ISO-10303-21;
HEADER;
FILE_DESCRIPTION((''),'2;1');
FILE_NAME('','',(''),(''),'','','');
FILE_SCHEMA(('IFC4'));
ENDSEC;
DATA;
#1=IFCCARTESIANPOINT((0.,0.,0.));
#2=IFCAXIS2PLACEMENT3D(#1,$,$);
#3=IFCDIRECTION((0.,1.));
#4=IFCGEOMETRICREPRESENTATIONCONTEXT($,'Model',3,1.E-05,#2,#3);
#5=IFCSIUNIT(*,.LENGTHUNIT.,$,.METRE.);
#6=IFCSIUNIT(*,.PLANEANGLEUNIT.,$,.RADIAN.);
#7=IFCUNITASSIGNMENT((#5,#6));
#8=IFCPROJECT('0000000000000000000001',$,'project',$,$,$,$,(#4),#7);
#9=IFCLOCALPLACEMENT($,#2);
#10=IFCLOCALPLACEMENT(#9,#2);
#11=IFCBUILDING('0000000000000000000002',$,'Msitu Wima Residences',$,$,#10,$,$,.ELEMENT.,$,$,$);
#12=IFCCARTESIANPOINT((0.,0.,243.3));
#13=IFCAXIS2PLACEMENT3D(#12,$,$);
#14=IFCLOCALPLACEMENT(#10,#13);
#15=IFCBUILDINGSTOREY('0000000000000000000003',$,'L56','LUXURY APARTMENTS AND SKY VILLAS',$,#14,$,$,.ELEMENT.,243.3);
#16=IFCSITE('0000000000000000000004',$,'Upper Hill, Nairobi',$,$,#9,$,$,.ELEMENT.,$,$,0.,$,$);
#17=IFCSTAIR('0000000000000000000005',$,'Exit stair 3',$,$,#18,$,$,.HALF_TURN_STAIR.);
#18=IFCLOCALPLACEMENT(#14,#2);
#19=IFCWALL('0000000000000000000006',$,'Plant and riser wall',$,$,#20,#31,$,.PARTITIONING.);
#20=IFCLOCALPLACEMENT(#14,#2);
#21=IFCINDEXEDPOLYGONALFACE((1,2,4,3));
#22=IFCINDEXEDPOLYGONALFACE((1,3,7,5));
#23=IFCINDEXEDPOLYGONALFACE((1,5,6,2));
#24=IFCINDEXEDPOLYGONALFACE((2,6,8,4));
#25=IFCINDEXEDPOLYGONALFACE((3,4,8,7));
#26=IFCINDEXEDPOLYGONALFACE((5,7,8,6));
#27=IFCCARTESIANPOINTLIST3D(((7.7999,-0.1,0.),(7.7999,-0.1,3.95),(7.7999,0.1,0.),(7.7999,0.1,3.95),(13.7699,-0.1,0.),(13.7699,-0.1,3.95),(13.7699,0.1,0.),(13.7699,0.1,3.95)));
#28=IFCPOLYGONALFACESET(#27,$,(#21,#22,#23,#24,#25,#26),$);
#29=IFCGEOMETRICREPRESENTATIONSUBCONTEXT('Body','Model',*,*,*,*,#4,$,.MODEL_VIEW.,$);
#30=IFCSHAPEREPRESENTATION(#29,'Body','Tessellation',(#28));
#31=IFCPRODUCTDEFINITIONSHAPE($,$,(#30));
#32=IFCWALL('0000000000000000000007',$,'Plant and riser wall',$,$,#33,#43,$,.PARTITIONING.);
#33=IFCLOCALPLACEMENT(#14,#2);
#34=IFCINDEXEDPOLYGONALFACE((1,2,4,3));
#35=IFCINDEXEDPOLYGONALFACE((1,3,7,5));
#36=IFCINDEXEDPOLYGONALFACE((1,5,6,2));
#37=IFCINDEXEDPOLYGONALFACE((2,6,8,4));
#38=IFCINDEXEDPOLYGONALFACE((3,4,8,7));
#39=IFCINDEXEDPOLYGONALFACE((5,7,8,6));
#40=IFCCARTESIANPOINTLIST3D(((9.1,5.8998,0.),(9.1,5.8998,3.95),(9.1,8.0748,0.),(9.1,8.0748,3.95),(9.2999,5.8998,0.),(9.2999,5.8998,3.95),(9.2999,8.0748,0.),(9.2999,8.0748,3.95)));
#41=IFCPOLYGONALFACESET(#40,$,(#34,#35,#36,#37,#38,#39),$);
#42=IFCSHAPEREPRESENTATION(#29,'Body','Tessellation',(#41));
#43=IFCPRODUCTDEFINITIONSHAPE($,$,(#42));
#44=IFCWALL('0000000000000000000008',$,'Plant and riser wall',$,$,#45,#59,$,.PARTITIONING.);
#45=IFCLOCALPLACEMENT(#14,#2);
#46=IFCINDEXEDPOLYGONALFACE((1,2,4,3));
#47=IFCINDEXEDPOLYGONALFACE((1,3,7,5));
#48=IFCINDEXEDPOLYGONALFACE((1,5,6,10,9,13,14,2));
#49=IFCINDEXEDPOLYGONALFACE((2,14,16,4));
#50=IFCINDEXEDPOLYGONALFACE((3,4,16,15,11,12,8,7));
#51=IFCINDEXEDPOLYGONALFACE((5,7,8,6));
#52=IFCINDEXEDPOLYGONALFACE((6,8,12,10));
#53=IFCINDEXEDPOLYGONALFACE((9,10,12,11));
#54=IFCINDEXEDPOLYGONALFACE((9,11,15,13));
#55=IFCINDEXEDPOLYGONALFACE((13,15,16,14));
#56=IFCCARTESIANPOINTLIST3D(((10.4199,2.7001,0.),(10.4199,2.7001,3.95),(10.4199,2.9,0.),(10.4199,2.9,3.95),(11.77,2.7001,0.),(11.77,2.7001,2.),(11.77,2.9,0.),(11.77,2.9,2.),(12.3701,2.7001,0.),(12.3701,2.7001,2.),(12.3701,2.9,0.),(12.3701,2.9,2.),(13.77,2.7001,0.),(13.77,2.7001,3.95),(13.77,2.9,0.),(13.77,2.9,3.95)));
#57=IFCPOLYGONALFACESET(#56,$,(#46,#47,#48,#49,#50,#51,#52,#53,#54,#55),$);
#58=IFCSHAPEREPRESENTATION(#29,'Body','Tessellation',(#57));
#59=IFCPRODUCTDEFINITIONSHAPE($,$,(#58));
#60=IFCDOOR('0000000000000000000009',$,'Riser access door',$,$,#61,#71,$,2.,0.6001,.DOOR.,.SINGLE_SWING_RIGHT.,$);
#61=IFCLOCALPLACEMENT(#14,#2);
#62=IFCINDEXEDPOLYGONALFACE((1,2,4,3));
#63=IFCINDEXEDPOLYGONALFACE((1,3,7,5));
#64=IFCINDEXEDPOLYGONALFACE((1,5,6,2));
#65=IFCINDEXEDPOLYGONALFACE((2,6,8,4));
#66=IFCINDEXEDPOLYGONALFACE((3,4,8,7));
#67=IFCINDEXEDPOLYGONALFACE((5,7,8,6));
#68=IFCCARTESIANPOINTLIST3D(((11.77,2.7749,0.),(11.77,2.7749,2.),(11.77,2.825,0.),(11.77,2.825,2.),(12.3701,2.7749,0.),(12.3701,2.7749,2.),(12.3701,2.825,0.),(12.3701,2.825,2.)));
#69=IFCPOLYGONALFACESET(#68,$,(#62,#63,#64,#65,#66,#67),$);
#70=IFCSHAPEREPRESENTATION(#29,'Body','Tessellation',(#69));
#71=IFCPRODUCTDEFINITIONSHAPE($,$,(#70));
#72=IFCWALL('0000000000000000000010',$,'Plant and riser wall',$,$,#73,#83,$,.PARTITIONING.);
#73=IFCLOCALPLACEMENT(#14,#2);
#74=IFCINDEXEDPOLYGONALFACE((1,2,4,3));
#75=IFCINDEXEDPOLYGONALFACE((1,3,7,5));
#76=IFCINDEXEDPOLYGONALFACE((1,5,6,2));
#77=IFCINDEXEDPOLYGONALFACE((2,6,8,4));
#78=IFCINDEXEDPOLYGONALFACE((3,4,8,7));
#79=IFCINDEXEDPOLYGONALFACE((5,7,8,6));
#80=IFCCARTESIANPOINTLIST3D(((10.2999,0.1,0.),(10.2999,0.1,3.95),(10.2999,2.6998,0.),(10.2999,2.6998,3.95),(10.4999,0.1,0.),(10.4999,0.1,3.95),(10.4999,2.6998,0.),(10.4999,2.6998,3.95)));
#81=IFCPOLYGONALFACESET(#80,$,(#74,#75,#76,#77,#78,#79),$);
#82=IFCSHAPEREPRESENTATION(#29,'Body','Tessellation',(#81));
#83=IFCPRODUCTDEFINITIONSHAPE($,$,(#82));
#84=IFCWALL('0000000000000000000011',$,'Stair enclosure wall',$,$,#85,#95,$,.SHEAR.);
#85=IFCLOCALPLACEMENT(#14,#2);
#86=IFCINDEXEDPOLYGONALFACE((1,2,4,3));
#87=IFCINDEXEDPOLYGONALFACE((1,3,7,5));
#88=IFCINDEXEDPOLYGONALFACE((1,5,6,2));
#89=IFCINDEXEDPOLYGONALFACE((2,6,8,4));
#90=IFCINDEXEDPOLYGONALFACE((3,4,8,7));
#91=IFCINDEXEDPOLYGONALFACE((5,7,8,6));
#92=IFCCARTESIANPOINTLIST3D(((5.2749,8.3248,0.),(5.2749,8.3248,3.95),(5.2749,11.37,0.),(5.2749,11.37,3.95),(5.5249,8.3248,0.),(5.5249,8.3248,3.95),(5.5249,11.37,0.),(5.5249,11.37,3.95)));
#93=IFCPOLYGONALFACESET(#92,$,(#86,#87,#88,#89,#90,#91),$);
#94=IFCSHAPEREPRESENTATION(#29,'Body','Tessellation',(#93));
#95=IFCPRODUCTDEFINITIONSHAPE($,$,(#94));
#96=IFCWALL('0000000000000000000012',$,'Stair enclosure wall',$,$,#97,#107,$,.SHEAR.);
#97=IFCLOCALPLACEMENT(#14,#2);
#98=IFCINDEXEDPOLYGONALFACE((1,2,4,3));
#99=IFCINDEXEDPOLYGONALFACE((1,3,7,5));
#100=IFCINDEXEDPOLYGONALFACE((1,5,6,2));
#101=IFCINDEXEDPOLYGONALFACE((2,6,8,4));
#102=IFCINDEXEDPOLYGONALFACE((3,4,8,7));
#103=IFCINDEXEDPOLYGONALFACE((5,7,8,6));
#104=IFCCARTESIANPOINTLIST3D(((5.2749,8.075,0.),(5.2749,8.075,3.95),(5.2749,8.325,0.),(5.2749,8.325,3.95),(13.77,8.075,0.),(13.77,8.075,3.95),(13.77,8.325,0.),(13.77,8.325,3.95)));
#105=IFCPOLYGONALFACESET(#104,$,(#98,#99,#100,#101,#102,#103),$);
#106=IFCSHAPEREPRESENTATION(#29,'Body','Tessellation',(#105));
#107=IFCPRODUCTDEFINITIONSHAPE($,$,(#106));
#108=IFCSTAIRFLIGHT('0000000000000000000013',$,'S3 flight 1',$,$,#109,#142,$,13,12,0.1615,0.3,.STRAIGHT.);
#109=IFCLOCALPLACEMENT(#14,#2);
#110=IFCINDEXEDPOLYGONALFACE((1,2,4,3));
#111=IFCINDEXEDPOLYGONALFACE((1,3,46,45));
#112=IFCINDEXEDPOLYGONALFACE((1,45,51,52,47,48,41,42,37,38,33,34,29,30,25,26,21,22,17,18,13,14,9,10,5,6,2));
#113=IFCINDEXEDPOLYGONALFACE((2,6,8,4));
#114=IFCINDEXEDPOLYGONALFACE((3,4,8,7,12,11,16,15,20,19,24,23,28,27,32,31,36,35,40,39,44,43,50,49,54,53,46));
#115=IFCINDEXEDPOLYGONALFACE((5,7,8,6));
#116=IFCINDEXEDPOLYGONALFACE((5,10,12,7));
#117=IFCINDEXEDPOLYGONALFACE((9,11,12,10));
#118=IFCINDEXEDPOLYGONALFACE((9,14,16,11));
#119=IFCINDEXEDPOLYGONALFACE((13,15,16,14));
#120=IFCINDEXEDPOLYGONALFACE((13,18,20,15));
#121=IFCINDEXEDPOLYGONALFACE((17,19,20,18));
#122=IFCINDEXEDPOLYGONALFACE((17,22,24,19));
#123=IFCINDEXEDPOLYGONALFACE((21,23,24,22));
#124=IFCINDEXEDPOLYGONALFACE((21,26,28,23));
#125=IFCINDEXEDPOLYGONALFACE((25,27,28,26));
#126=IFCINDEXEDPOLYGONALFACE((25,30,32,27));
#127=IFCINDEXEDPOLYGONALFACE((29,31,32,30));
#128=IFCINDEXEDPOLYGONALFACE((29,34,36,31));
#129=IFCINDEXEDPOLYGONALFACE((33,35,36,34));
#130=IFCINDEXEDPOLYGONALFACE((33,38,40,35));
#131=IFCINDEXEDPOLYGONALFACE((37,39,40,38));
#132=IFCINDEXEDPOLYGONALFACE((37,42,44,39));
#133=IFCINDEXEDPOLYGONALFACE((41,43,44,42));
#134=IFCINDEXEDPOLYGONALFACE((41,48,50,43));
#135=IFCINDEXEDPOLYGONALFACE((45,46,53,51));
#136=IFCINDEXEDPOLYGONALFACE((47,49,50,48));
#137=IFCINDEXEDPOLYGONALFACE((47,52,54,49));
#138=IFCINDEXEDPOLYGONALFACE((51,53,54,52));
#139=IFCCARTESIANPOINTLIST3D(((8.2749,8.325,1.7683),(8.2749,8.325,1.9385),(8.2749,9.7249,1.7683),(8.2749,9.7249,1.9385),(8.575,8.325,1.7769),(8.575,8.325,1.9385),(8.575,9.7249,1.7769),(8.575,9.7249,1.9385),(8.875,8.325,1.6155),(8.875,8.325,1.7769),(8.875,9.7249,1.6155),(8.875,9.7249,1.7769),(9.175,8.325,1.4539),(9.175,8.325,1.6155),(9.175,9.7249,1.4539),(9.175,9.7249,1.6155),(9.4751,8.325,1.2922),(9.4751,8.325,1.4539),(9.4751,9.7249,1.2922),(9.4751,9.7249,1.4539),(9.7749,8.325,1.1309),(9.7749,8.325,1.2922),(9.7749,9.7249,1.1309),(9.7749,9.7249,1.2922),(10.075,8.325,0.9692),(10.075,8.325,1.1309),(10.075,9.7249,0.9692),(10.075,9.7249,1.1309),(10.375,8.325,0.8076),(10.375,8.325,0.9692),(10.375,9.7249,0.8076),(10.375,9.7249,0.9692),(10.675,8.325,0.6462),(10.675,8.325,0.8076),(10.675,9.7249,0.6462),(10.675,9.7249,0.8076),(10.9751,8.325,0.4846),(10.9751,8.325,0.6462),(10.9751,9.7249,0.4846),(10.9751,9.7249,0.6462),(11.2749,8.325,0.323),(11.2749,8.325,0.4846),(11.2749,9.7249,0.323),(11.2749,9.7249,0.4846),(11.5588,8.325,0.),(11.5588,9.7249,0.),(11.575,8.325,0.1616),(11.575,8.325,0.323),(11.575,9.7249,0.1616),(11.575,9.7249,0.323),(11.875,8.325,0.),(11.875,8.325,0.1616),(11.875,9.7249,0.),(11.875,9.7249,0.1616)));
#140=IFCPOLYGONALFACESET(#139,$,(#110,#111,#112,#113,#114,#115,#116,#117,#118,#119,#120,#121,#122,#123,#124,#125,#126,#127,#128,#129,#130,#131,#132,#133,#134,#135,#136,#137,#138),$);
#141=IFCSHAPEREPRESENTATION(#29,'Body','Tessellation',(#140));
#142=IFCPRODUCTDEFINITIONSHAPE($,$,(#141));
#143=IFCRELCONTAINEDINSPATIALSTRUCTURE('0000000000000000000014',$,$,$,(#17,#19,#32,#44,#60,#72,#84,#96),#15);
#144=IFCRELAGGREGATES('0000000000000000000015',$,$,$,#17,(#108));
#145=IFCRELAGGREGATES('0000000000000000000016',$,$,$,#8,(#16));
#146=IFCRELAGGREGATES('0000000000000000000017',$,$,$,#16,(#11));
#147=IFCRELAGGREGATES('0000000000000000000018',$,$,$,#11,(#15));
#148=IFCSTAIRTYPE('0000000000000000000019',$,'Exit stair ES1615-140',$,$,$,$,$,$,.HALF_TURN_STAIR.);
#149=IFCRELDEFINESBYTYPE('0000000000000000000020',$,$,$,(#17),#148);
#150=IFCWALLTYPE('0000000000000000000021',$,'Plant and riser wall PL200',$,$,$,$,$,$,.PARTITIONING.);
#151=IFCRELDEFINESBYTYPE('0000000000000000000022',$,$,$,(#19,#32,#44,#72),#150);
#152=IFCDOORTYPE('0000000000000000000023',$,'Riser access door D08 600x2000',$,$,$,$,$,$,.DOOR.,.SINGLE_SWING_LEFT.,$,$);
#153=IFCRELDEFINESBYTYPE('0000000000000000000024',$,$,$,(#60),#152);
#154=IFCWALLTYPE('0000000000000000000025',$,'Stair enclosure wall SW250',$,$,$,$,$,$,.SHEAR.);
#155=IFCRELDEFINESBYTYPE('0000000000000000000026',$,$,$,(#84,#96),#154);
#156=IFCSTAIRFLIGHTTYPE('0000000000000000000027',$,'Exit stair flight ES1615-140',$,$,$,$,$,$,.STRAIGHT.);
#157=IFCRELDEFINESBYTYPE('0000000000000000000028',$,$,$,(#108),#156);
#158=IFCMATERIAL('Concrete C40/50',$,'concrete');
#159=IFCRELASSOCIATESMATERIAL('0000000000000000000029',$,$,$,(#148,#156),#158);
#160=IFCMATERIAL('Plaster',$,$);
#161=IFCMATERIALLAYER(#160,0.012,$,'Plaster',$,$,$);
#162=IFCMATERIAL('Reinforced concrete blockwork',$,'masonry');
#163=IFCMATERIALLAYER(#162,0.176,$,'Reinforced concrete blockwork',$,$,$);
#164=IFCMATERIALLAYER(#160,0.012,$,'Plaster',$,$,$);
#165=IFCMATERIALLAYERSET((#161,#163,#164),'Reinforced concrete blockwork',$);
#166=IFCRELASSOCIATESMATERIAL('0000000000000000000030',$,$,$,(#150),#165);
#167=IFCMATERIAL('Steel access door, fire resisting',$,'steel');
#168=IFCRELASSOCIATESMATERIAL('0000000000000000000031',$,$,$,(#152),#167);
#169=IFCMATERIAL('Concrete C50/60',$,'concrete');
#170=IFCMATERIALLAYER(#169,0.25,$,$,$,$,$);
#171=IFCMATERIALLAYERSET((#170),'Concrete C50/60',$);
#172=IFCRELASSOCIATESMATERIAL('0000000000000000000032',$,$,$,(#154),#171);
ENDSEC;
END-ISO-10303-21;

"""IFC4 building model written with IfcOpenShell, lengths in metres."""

from ifc_helpers import new_model, si_unit, direction, frame, frame_2d, origin, place, context, subcontext, project, spatial, polyline, rectangle, outline, extrude, material, layer, layer_set, type_object, element, fill, aggregate, save


model = new_model("IFC4")

# Units and contexts
model_context = context("Model", 3, precision=1e-05, world=origin(), true_north=direction((0.0, 1.0)))
body_context = subcontext(model_context, "Body", "Model", "MODEL_VIEW")
ifc_project = project(units=[si_unit("LENGTHUNIT", "METRE"), si_unit("PLANEANGLEUNIT", "RADIAN")], contexts=[model_context])

# Site, building, storey
site_placement = place(None, origin())
site = spatial("IfcSite", under=ifc_project, at=site_placement, Name="Upper Hill, Nairobi", CompositionType="ELEMENT", RefElevation=0.0)
building_placement = place(site_placement, origin())
building = spatial("IfcBuilding", under=site, at=building_placement, Name="Msitu Wima Residences", CompositionType="ELEMENT")
storey_placement = place(building_placement, frame((0.0, 0.0, 243.3)))
storey = spatial("IfcBuildingStorey", under=building, at=storey_placement, Name="L56", Description="LUXURY APARTMENTS AND SKY VILLAS", CompositionType="ELEMENT", Elevation=243.3)

# Shared definitions
ifc_material_1 = material(Name="Concrete C40/50", Category="concrete")

# Stair
stair_type = type_object("IfcStairType", Name="Exit stair ES1615-140", PredefinedType="HALF_TURN_STAIR", material=ifc_material_1)
stair_1_placement = place(storey_placement, origin())
stair_1 = element("IfcStair", 1, at=stair_1_placement, inside=storey, type_object=stair_type, Name="Exit stair 3", PredefinedType="HALF_TURN_STAIR")

# Shared definitions
ifc_material_2 = material(Name="Plaster")

# Shared definitions
ifc_layer_1 = layer(ifc_material_2, 0.012, Name="Plaster")
ifc_material_3 = material(Name="Reinforced concrete blockwork", Category="masonry")
ifc_layer_2 = layer(ifc_material_3, 0.176, Name="Reinforced concrete blockwork")
ifc_layer_3 = layer(ifc_material_2, 0.012, Name="Plaster")
ifc_layer_set_1 = layer_set([ifc_layer_1, ifc_layer_2, ifc_layer_3], Name="Reinforced concrete blockwork")
wall_type_1 = type_object("IfcWallType", Name="Plant and riser wall PL200", PredefinedType="PARTITIONING", material=ifc_layer_set_1)

# Walls
wall_1_placement = place(storey_placement, frame((7.8, 0.0, 0.0), z_axis=(0.0, 0.0, 1.0), x_axis=(1.0, 0.0, 0.0)))
element("IfcWall", 2, at=wall_1_placement, inside=storey, type_object=wall_type_1, Name="Plant and riser wall", PredefinedType="PARTITIONING", context=body_context, shape_type="SweptSolid", body=[
    extrude(rectangle(XDim=5.97, YDim=0.2, at=frame_2d((2.9849, 0.0))), origin(), (0.0, 0.0, 1.0), 3.95),
])
wall_2_placement = place(storey_placement, frame((9.2, 5.8999, 0.0), z_axis=(0.0, 0.0, 1.0), x_axis=(0.0, 1.0, 0.0)))
element("IfcWall", 3, at=wall_2_placement, inside=storey, type_object=wall_type_1, Name="Plant and riser wall", PredefinedType="PARTITIONING", context=body_context, shape_type="SweptSolid", body=[
    extrude(rectangle(XDim=2.175, YDim=0.2, at=frame_2d((1.0874, 0.0))), origin(), (0.0, 0.0, 1.0), 3.95),
])

# Wall, opening, door
wall_3_placement = place(storey_placement, frame((10.4199, 2.8, 0.0), z_axis=(0.0, 0.0, 1.0), x_axis=(1.0, 0.0, 0.0)))
wall_3 = element("IfcWall", 4, at=wall_3_placement, inside=storey, type_object=wall_type_1, Name="Plant and riser wall", PredefinedType="PARTITIONING", context=body_context, shape_type="SweptSolid", body=[
    extrude(rectangle(XDim=3.3501, YDim=0.2, at=frame_2d((1.675, 0.0))), origin(), (0.0, 0.0, 1.0), 3.95),
])
opening_1_placement = place(wall_3_placement, frame((1.3501, 0.0, 0.0)))
opening_1 = element("IfcOpeningElement", 5, at=opening_1_placement, cuts=wall_3, PredefinedType="OPENING", context=body_context, shape_type="SweptSolid", body=[
    extrude(rectangle(XDim=0.6001, YDim=2.0, at=frame_2d((0.3, 1.0))), frame((0.0, 0.1099, 0.0), z_axis=(0.0, -1.0, 0.0), x_axis=(1.0, 0.0, 0.0)), (0.0, 0.0, 1.0), 0.22),
])
ifc_material_4 = material(Name="Steel access door, fire resisting", Category="steel")
door_type_1 = type_object("IfcDoorType", Name="Riser access door D08 600x2000", OperationType="SINGLE_SWING_LEFT", PredefinedType="DOOR", material=ifc_material_4)
door_1_placement = place(opening_1_placement, origin())
door_1 = element("IfcDoor", 6, at=door_1_placement, inside=storey, type_object=door_type_1, Name="Riser access door", OperationType="SINGLE_SWING_RIGHT", OverallHeight=2.0, OverallWidth=0.6001, PredefinedType="DOOR", context=body_context, shape_type="SweptSolid", body=[
    extrude(rectangle(XDim=0.6001, YDim=2.0, at=frame_2d((0.3, 1.0))), frame((0.0, 0.0249, 0.0), z_axis=(0.0, -1.0, 0.0), x_axis=(1.0, 0.0, 0.0)), (0.0, 0.0, 1.0), 0.05),
])
fill(opening_1, door_1)

# Walls
wall_4_placement = place(storey_placement, frame((10.3999, 0.1001, 0.0), z_axis=(0.0, 0.0, 1.0), x_axis=(0.0, 1.0, 0.0)))
element("IfcWall", 7, at=wall_4_placement, inside=storey, type_object=wall_type_1, Name="Plant and riser wall", PredefinedType="PARTITIONING", context=body_context, shape_type="SweptSolid", body=[
    extrude(rectangle(XDim=2.5999, YDim=0.2, at=frame_2d((1.2998, 0.0))), origin(), (0.0, 0.0, 1.0), 3.95),
])
ifc_material_5 = material(Name="Concrete C50/60", Category="concrete")
ifc_layer_4 = layer(ifc_material_5, 0.25)
ifc_layer_set_2 = layer_set([ifc_layer_4], Name="Concrete C50/60")
wall_type_2 = type_object("IfcWallType", Name="Stair enclosure wall SW250", PredefinedType="SHEAR", material=ifc_layer_set_2)
wall_5_placement = place(storey_placement, frame((5.3999, 8.325, 0.0), z_axis=(0.0, 0.0, 1.0), x_axis=(0.0, 1.0, 0.0)))
element("IfcWall", 8, at=wall_5_placement, inside=storey, type_object=wall_type_2, Name="Stair enclosure wall", PredefinedType="SHEAR", context=body_context, shape_type="SweptSolid", body=[
    extrude(rectangle(XDim=3.0452, YDim=0.25, at=frame_2d((1.5225, 0.0))), origin(), (0.0, 0.0, 1.0), 3.95),
])
wall_6_placement = place(storey_placement, frame((5.2749, 8.2, 0.0), z_axis=(0.0, 0.0, 1.0), x_axis=(1.0, 0.0, 0.0)))
element("IfcWall", 9, at=wall_6_placement, inside=storey, type_object=wall_type_2, Name="Stair enclosure wall", PredefinedType="SHEAR", context=body_context, shape_type="SweptSolid", body=[
    extrude(rectangle(XDim=8.4951, YDim=0.25, at=frame_2d((4.2476, 0.0))), origin(), (0.0, 0.0, 1.0), 3.95),
])

# Stair flight
stair_flight_type = type_object("IfcStairFlightType", Name="Exit stair flight ES1615-140", PredefinedType="STRAIGHT", material=ifc_material_1)
stair_flight_placement = place(storey_placement, frame((11.875, 9.0249, 0.0), z_axis=(0.0, 0.0, 1.0), x_axis=(-1.0, 0.0, 0.0)))
stair_flight = element("IfcStairFlight", 10, at=stair_flight_placement, type_object=stair_flight_type, Name="S3 flight 1", NumberOfRisers=13, NumberOfTreads=12, PredefinedType="STRAIGHT", RiserHeight=0.1615, TreadLength=0.3, context=body_context, shape_type="SweptSolid", body=[
    extrude(outline(polyline([(0.0, 0.0), (0.0, 0.1616), (0.3, 0.1616), (0.3, 0.323), (0.6001, 0.323), (0.6001, 0.4846), (0.8999, 0.4846), (0.8999, 0.6462), (1.2, 0.6462), (1.2, 0.8076), (1.5, 0.8076), (1.5, 0.9692), (1.8, 0.9692), (1.8, 1.1309), (2.1001, 1.1309), (2.1001, 1.2922), (2.3999, 1.2922), (2.3999, 1.4539), (2.7, 1.4539), (2.7, 1.6155), (3.0, 1.6155), (3.0, 1.7769), (3.3, 1.7769), (3.3, 1.9385), (3.6001, 1.9385), (3.6001, 2.1001), (3.6001, 1.7683), (0.3162, 0.0), (0.0, 0.0)])), frame((0.0, 0.7, 0.0), z_axis=(0.0, -1.0, 0.0), x_axis=(1.0, 0.0, 0.0)), (0.0, 0.0, 1.0), 1.3999),
])
aggregate(stair_1, [stair_flight])

save(model, "model.ifc")
